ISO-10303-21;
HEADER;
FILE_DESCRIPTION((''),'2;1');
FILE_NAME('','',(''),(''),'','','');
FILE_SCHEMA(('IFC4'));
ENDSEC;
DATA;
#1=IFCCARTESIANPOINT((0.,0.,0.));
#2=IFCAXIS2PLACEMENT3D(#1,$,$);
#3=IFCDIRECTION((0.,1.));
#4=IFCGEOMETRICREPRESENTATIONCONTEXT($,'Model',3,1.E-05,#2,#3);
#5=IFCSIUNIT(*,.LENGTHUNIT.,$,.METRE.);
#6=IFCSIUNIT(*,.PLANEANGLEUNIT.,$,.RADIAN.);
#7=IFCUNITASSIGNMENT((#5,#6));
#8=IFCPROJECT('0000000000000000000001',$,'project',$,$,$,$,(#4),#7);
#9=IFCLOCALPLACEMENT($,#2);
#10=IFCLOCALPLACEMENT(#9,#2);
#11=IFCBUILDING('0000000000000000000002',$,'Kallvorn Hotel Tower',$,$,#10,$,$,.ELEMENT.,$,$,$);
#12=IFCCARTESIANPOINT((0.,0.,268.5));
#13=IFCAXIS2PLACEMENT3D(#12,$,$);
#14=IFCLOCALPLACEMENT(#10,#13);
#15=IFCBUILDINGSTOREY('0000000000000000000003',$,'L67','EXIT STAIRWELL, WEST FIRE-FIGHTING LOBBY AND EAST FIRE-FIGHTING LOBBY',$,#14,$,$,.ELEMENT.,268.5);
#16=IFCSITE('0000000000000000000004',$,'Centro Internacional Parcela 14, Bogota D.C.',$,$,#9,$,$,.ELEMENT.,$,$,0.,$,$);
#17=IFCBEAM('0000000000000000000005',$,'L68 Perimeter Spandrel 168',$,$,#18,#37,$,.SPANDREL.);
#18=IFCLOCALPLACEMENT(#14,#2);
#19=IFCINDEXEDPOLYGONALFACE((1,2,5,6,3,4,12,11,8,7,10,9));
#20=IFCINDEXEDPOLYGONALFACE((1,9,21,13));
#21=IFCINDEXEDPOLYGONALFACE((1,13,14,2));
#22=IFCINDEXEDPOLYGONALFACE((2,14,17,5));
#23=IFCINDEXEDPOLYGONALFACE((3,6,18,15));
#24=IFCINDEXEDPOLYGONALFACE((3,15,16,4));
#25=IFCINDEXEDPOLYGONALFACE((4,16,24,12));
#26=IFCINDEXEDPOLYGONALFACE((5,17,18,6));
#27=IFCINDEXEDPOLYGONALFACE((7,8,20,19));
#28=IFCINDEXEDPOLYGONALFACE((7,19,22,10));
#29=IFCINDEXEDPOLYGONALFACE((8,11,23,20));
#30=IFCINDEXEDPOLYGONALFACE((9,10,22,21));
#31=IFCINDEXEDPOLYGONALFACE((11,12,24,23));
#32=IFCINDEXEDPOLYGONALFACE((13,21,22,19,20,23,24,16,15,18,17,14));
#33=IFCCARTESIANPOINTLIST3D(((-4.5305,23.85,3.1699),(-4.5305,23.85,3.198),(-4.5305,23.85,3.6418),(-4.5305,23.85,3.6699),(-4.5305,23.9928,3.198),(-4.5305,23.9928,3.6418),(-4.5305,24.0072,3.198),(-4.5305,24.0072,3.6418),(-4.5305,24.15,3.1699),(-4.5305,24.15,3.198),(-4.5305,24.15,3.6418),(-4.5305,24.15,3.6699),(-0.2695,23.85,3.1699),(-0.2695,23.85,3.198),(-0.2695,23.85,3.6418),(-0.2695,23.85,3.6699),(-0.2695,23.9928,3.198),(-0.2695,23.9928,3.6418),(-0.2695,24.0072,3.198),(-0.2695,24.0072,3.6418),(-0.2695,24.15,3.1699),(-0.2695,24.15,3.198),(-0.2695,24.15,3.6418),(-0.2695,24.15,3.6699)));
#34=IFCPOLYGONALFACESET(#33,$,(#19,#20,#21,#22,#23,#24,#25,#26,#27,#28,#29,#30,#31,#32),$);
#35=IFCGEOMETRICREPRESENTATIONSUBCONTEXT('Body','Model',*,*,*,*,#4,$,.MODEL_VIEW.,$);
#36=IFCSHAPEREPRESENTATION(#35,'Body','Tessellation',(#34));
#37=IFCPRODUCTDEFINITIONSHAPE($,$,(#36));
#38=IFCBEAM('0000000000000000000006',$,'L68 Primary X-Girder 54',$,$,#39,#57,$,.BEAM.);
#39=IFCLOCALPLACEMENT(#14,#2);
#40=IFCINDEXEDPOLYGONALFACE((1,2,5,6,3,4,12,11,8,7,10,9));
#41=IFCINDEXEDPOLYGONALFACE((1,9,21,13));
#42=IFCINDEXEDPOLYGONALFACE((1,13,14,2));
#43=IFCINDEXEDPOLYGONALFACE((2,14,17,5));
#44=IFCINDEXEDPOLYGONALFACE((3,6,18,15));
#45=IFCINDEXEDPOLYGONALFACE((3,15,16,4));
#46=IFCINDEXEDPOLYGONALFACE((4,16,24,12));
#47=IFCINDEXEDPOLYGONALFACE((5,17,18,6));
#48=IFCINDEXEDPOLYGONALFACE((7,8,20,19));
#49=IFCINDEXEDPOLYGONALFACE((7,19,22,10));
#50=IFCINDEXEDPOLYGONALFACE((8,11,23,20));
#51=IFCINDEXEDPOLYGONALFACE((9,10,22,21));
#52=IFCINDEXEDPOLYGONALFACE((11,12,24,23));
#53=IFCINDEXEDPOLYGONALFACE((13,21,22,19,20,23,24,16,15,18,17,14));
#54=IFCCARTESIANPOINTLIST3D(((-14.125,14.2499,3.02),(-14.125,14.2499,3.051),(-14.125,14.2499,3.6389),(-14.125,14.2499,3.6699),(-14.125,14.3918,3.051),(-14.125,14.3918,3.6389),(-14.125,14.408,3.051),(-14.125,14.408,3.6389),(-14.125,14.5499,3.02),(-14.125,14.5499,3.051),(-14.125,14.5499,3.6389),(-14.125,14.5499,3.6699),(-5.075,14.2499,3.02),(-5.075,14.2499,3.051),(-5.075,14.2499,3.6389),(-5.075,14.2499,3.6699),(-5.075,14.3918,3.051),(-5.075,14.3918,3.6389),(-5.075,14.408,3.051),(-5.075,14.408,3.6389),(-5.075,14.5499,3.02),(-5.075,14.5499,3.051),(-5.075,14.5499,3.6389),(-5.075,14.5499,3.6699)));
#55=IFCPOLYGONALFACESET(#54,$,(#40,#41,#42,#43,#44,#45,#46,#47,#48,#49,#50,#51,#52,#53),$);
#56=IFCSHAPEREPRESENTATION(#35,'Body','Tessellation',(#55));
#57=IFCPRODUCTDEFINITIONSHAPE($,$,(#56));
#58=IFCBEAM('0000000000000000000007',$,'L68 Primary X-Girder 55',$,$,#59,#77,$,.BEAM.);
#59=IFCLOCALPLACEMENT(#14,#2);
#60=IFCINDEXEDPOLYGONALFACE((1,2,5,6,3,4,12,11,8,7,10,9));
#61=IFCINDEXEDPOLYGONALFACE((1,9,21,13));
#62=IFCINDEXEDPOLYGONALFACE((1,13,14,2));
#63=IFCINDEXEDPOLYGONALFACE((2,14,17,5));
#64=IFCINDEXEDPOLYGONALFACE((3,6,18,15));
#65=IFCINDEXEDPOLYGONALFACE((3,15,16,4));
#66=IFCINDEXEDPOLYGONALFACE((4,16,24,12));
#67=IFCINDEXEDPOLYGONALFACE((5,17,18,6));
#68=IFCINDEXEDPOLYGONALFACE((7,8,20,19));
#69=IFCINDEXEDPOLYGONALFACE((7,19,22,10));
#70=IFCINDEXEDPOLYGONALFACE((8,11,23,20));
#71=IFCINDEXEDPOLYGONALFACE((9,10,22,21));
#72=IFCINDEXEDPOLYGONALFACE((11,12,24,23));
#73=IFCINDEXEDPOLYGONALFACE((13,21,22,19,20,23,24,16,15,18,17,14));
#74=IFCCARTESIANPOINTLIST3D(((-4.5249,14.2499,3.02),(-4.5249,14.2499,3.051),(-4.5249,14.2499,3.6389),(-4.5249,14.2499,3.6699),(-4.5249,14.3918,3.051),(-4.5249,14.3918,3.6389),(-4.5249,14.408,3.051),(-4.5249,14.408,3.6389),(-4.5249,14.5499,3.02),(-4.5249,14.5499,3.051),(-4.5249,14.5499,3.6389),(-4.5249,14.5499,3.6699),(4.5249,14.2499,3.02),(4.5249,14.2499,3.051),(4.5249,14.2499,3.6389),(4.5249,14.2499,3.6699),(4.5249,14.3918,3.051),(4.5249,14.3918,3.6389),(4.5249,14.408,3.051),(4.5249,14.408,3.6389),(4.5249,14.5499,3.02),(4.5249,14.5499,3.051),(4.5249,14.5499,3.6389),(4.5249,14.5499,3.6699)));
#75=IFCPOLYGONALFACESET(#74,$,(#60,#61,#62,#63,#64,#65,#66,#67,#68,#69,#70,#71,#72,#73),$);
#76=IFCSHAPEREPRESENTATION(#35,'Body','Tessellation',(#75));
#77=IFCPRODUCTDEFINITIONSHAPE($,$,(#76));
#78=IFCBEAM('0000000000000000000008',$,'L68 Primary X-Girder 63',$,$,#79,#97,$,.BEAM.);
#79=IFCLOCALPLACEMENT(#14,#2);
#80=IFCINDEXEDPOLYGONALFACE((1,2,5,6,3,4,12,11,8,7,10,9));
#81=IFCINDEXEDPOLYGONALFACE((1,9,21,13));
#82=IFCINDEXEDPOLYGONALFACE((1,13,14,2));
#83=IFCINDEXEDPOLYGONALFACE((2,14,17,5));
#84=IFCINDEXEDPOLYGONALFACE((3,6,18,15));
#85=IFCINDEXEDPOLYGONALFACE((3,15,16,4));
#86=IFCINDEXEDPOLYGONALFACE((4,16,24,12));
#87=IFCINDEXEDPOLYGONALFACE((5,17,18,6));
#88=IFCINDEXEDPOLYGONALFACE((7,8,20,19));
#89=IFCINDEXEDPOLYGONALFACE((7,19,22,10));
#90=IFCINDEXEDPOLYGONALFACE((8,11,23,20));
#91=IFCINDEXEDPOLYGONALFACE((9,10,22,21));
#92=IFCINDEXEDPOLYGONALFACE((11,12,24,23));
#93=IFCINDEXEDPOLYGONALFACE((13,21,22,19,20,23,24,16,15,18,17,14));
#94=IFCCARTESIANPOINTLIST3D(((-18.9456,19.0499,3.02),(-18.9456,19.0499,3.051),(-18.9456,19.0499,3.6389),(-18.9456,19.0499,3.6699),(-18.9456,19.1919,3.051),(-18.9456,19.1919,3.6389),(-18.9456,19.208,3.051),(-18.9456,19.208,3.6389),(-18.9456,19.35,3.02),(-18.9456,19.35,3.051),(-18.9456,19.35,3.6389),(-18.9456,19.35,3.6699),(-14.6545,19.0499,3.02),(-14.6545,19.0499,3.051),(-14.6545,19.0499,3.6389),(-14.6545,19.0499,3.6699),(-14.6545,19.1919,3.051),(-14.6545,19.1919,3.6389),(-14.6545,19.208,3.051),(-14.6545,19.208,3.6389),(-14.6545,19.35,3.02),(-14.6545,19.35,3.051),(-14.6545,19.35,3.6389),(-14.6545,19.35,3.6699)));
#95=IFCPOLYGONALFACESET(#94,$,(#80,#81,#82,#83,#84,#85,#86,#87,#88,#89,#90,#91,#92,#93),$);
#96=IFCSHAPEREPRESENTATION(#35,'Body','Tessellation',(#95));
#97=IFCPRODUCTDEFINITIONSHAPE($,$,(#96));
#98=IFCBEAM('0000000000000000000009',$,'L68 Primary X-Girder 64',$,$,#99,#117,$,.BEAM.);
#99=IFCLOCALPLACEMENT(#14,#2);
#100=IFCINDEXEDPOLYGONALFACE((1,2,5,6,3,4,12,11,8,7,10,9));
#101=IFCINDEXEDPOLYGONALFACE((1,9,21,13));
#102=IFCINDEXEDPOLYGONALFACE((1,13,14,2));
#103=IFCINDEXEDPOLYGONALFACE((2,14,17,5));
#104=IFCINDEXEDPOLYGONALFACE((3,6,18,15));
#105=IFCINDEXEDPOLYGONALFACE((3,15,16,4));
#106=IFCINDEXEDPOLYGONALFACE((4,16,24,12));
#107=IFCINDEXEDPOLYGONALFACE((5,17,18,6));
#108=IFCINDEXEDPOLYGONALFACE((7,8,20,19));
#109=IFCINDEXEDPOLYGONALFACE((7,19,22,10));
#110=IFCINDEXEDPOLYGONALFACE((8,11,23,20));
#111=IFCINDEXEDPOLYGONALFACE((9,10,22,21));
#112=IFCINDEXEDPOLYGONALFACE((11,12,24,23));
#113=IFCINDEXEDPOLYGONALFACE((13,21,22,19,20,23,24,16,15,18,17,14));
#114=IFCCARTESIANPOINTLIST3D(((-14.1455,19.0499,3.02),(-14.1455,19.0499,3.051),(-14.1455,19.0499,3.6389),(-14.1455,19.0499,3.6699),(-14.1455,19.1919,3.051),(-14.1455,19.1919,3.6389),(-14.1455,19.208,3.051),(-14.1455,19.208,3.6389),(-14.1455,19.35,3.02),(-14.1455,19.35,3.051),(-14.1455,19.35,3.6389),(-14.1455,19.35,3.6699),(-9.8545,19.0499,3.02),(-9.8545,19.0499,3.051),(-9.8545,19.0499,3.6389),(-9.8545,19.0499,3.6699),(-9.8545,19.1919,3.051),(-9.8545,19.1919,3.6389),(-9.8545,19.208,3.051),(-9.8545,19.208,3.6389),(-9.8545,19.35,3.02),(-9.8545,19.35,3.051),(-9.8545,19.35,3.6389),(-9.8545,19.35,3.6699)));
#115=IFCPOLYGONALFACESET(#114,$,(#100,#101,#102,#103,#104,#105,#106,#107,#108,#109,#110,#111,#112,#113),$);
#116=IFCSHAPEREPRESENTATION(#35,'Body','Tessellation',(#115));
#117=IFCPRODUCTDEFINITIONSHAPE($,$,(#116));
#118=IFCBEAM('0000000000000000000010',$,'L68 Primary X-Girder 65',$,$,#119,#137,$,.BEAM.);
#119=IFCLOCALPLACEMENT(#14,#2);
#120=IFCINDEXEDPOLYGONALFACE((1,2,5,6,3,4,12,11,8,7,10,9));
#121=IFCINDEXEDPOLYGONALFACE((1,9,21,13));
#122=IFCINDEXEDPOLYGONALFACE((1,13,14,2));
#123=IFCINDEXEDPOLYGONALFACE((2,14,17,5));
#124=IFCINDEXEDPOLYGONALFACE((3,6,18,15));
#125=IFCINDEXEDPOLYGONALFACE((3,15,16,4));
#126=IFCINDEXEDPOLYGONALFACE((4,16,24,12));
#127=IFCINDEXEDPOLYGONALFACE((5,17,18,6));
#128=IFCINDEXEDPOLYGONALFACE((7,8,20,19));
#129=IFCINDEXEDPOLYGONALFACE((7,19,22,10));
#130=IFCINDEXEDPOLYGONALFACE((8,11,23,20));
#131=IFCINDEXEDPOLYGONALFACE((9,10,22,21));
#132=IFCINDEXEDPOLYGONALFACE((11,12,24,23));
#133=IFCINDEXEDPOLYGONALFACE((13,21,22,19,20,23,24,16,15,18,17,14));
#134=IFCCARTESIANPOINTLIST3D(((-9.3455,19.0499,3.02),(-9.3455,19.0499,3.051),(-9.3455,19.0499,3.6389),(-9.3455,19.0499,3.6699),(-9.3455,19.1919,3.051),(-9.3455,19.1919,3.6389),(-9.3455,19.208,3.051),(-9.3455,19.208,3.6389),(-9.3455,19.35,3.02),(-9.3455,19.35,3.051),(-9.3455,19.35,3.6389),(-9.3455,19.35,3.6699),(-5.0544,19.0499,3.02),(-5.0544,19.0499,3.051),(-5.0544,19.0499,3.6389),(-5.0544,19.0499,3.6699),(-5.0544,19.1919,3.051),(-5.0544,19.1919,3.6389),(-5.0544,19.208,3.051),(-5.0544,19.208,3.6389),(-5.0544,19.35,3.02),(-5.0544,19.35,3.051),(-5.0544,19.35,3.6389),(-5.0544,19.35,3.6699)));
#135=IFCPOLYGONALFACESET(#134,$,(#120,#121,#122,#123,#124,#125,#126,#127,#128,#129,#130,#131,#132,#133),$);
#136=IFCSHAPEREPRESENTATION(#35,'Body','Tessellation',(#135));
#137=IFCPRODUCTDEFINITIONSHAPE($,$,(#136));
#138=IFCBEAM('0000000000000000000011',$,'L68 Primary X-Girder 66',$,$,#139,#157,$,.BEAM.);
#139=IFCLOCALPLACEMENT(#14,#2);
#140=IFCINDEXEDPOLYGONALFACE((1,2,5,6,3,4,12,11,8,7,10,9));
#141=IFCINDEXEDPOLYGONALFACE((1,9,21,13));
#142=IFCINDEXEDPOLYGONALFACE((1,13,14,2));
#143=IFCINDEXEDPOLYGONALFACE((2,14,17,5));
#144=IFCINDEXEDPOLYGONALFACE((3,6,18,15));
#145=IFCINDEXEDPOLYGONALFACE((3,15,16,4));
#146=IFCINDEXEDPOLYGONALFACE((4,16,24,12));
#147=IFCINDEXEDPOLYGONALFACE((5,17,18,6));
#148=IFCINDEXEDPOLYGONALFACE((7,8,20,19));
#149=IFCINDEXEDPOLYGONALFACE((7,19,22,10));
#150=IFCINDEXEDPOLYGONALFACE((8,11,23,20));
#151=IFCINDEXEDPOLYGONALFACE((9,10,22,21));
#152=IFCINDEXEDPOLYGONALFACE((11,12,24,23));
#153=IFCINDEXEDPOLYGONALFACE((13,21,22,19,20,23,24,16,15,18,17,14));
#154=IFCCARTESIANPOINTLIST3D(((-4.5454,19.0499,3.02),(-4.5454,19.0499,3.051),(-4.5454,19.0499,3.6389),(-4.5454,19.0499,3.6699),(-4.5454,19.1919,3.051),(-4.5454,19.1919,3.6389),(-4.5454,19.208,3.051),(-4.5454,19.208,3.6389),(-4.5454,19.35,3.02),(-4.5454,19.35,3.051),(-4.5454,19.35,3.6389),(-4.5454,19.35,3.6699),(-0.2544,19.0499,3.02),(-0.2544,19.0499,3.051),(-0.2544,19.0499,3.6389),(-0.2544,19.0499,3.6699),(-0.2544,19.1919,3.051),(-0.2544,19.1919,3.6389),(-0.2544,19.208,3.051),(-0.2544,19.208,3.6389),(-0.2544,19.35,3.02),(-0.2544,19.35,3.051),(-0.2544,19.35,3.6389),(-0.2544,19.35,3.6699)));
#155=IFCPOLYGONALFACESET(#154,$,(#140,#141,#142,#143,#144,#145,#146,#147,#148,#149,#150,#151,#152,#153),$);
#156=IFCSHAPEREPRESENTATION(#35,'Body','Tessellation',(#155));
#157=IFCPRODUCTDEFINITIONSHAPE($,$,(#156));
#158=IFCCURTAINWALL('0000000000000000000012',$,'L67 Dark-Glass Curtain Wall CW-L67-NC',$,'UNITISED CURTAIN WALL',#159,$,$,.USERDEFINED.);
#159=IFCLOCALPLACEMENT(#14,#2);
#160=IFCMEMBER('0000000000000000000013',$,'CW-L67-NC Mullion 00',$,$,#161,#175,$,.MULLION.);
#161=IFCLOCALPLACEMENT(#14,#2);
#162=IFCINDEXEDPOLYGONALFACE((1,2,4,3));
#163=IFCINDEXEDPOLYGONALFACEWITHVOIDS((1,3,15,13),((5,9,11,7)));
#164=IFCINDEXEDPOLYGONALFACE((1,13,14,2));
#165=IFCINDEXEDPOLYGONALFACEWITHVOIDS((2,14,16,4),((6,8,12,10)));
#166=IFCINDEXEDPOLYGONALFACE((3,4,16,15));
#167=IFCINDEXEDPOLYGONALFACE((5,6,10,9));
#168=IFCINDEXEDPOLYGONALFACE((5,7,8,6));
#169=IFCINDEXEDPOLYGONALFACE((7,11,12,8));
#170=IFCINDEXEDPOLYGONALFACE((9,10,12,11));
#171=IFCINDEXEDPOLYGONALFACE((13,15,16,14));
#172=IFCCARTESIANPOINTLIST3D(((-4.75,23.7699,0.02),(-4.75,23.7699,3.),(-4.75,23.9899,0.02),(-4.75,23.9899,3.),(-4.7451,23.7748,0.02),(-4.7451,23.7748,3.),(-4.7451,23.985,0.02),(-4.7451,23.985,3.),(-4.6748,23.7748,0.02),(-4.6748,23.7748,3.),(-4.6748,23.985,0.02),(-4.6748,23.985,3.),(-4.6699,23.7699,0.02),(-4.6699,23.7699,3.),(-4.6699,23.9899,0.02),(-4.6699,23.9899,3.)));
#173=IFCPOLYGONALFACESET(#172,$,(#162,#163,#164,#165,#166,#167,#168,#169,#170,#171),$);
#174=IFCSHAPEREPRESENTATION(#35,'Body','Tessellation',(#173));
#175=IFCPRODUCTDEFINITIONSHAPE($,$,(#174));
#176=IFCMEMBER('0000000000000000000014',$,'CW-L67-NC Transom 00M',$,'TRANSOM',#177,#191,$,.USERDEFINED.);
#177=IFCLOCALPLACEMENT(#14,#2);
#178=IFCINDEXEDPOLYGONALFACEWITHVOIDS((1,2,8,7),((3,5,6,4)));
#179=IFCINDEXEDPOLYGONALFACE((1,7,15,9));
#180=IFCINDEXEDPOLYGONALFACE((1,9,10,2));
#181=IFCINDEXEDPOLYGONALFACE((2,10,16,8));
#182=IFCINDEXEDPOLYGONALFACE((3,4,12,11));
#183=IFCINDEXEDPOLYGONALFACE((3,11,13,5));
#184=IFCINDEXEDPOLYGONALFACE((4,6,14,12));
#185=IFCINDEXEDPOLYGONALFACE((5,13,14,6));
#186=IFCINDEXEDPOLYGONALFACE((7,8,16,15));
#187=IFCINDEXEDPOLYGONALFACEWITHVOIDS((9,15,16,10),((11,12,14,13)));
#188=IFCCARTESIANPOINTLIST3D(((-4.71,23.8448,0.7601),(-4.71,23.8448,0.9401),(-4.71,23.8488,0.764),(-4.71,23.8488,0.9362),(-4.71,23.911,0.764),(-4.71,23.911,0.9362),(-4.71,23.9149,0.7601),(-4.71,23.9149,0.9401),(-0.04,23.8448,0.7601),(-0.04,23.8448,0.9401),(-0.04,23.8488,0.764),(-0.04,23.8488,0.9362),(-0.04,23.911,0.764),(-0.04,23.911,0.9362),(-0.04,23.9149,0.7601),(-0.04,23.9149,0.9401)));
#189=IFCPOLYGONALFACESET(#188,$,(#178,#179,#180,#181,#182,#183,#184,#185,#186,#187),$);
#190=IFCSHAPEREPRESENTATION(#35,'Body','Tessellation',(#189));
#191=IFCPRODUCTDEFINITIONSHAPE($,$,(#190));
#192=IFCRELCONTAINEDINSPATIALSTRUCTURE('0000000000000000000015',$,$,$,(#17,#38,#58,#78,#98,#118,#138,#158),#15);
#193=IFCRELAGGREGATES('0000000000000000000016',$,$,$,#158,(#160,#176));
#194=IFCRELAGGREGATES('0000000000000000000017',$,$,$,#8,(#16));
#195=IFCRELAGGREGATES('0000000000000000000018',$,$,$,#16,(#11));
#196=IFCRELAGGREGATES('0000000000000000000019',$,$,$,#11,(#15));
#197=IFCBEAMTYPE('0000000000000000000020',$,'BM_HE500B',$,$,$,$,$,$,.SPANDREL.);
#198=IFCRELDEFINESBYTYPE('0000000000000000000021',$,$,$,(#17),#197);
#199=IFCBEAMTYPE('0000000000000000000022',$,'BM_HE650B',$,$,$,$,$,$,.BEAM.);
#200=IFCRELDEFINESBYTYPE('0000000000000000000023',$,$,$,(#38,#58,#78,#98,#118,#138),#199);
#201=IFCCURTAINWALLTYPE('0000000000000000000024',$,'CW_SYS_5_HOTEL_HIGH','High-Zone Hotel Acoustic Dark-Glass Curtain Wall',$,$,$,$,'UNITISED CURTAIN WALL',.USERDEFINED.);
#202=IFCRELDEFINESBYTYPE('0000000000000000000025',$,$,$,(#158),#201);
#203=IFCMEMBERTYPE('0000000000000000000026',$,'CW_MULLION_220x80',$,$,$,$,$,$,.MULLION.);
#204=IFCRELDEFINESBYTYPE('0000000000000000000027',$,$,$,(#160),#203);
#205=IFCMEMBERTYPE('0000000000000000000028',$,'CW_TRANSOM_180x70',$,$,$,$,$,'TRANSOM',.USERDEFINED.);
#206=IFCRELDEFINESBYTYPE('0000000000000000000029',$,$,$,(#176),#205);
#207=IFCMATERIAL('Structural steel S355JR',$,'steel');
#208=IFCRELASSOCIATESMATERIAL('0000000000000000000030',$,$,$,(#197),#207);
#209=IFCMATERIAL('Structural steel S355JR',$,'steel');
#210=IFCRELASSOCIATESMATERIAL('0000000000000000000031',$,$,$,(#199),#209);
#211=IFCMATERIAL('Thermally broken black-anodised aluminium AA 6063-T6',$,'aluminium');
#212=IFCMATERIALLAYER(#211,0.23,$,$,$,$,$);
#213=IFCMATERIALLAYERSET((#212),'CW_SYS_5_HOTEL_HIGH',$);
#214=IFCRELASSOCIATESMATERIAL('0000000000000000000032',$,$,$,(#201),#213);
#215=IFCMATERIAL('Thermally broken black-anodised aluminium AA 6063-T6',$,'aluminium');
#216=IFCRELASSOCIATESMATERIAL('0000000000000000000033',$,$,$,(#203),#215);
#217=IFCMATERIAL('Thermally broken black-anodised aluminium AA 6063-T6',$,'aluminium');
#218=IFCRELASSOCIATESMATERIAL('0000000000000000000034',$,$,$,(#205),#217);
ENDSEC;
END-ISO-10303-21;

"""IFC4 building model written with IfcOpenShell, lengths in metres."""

from ifc_helpers import new_model, si_unit, direction, frame, origin, origin_2d, place, context, subcontext, project, spatial, hollow_rectangle, i_section, extrude, material, layer, layer_set, material_profile, profile_set, type_object, element, aggregate, save


model = new_model("IFC4")

# Units and contexts
model_context = context("Model", 3, precision=1e-05, world=origin(), true_north=direction((0.0, 1.0)))
body_context = subcontext(model_context, "Body", "Model", "MODEL_VIEW")
ifc_project = project(units=[si_unit("LENGTHUNIT", "METRE"), si_unit("PLANEANGLEUNIT", "RADIAN")], contexts=[model_context])

# Site, building, storey
site_placement = place(None, origin())
site = spatial("IfcSite", under=ifc_project, at=site_placement, Name="Centro Internacional Parcela 14, Bogota D.C.", CompositionType="ELEMENT", RefElevation=0.0)
building_placement = place(site_placement, origin())
building = spatial("IfcBuilding", under=site, at=building_placement, Name="Kallvorn Hotel Tower", CompositionType="ELEMENT")
storey_placement = place(building_placement, frame((0.0, 0.0, 268.5)))
storey = spatial("IfcBuildingStorey", under=building, at=storey_placement, Name="L67", Description="EXIT STAIRWELL, WEST FIRE-FIGHTING LOBBY AND EAST FIRE-FIGHTING LOBBY", CompositionType="ELEMENT", Elevation=268.5)

# Beams
ifc_material_1 = material(Name="Structural steel S355JR", Category="steel")
ifc_material_profile_1 = material_profile(ifc_material_1, i_section(OverallWidth=0.3, OverallDepth=0.5, WebThickness=0.0144, FlangeThickness=0.0281, at=origin_2d()), Name="HE 500 B")
ifc_profile_set_1 = profile_set([ifc_material_profile_1], Name="Structural steel S355JR")
beam_type_1 = type_object("IfcBeamType", Name="BM_HE500B", PredefinedType="SPANDREL", material=ifc_profile_set_1)
for number, where, z_axis, x_axis, name in (
    (1, (-4.5305, 24.0, 3.4199), (1.0, 0.0, 0.0), (0.0, 1.0, 0.0), "L68 Perimeter Spandrel 168"),
):
    element("IfcBeam", number, at=place(storey_placement, frame(where, z_axis=z_axis, x_axis=x_axis)), inside=storey, type_object=beam_type_1, Name=name, PredefinedType="SPANDREL", context=body_context, shape_type="SweptSolid", body=[
        extrude(i_section(OverallWidth=0.3, OverallDepth=0.5, WebThickness=0.0144, FlangeThickness=0.0281, at=origin_2d()), origin(), (0.0, 0.0, 1.0), 4.261),
    ])
ifc_material_2 = material(Name="Structural steel S355JR", Category="steel")
ifc_material_profile_2 = material_profile(ifc_material_2, i_section(OverallWidth=0.3, OverallDepth=0.6499, WebThickness=0.0161, FlangeThickness=0.031, at=origin_2d()), Name="HE 650 B")
ifc_profile_set_2 = profile_set([ifc_material_profile_2], Name="Structural steel S355JR")
beam_type_2 = type_object("IfcBeamType", Name="BM_HE650B", PredefinedType="BEAM", material=ifc_profile_set_2)
beam_1_placement = place(storey_placement, frame((-14.125, 14.3999, 3.345), z_axis=(1.0, 0.0, 0.0), x_axis=(0.0, 1.0, 0.0)))
element("IfcBeam", 2, at=beam_1_placement, inside=storey, type_object=beam_type_2, Name="L68 Primary X-Girder 54", PredefinedType="BEAM", context=body_context, shape_type="SweptSolid", body=[
    extrude(i_section(OverallWidth=0.3, OverallDepth=0.6499, WebThickness=0.0161, FlangeThickness=0.031, at=origin_2d()), origin(), (0.0, 0.0, 1.0), 9.05),
])
beam_2_placement = place(storey_placement, frame((-4.5249, 14.3999, 3.345), z_axis=(1.0, 0.0, 0.0), x_axis=(0.0, 1.0, 0.0)))
element("IfcBeam", 3, at=beam_2_placement, inside=storey, type_object=beam_type_2, Name="L68 Primary X-Girder 55", PredefinedType="BEAM", context=body_context, shape_type="SweptSolid", body=[
    extrude(i_section(OverallWidth=0.3, OverallDepth=0.6499, WebThickness=0.0161, FlangeThickness=0.031, at=origin_2d()), origin(), (0.0, 0.0, 1.0), 9.0498),
])
for number, where, z_axis, x_axis, name in (
    (4, (-18.9456, 19.2, 3.345), (1.0, 0.0, 0.0), (0.0, 1.0, 0.0), "L68 Primary X-Girder 63"),
    (5, (-14.1455, 19.2, 3.345), (1.0, 0.0, 0.0), (0.0, 1.0, 0.0), "L68 Primary X-Girder 64"),
    (6, (-9.3455, 19.2, 3.345), (1.0, 0.0, 0.0), (0.0, 1.0, 0.0), "L68 Primary X-Girder 65"),
    (7, (-4.5454, 19.2, 3.345), (1.0, 0.0, 0.0), (0.0, 1.0, 0.0), "L68 Primary X-Girder 66"),
):
    element("IfcBeam", number, at=place(storey_placement, frame(where, z_axis=z_axis, x_axis=x_axis)), inside=storey, type_object=beam_type_2, Name=name, PredefinedType="BEAM", context=body_context, shape_type="SweptSolid", body=[
        extrude(i_section(OverallWidth=0.3, OverallDepth=0.6499, WebThickness=0.0161, FlangeThickness=0.031, at=origin_2d()), origin(), (0.0, 0.0, 1.0), 4.291),
    ])

# Curtain wall, members
ifc_material_3 = material(Name="Thermally broken black-anodised aluminium AA 6063-T6", Category="aluminium")
ifc_layer = layer(ifc_material_3, 0.23)
ifc_layer_set = layer_set([ifc_layer], Name="CW_SYS_5_HOTEL_HIGH")
curtain_wall_type = type_object("IfcCurtainWallType", Name="CW_SYS_5_HOTEL_HIGH", Description="High-Zone Hotel Acoustic Dark-Glass Curtain Wall", ElementType="UNITISED CURTAIN WALL", PredefinedType="USERDEFINED", material=ifc_layer_set)
curtain_wall_placement = place(storey_placement, origin())
curtain_wall = element("IfcCurtainWall", 8, at=curtain_wall_placement, inside=storey, type_object=curtain_wall_type, Name="L67 Dark-Glass Curtain Wall CW-L67-NC", ObjectType="UNITISED CURTAIN WALL", PredefinedType="USERDEFINED")
ifc_material_4 = material(Name="Thermally broken black-anodised aluminium AA 6063-T6", Category="aluminium")
ifc_material_profile_3 = material_profile(ifc_material_4, hollow_rectangle(XDim=0.0801, YDim=0.22, WallThickness=0.0049, at=origin_2d()), Name="MUL 220x80")
ifc_profile_set_3 = profile_set([ifc_material_profile_3], Name="Thermally broken black-anodised aluminium AA 6063-T6")
member_type_1 = type_object("IfcMemberType", Name="CW_MULLION_220x80", PredefinedType="MULLION", material=ifc_profile_set_3)
member_1_placement = place(storey_placement, frame((-4.71, 23.8799, 0.02), z_axis=(0.0, 0.0, 1.0), x_axis=(1.0, 0.0, 0.0)))
member_1 = element("IfcMember", 9, at=member_1_placement, type_object=member_type_1, Name="CW-L67-NC Mullion 00", PredefinedType="MULLION", context=body_context, shape_type="SweptSolid", body=[
    extrude(hollow_rectangle(XDim=0.0801, YDim=0.22, WallThickness=0.0049, at=origin_2d()), origin(), (0.0, 0.0, 1.0), 2.98),
])
ifc_material_5 = material(Name="Thermally broken black-anodised aluminium AA 6063-T6", Category="aluminium")
ifc_material_profile_4 = material_profile(ifc_material_5, hollow_rectangle(XDim=0.0701, YDim=0.1799, WallThickness=0.0039, at=origin_2d()), Name="TRN 180x70")
ifc_profile_set_4 = profile_set([ifc_material_profile_4], Name="Thermally broken black-anodised aluminium AA 6063-T6")
member_type_2 = type_object("IfcMemberType", Name="CW_TRANSOM_180x70", ElementType="TRANSOM", PredefinedType="USERDEFINED", material=ifc_profile_set_4)
member_2_placement = place(storey_placement, frame((-4.71, 23.8799, 0.8501), z_axis=(1.0, 0.0, 0.0), x_axis=(0.0, 1.0, 0.0)))
member_2 = element("IfcMember", 10, at=member_2_placement, type_object=member_type_2, Name="CW-L67-NC Transom 00M", ObjectType="TRANSOM", PredefinedType="USERDEFINED", context=body_context, shape_type="SweptSolid", body=[
    extrude(hollow_rectangle(XDim=0.0701, YDim=0.1799, WallThickness=0.0039, at=origin_2d()), origin(), (0.0, 0.0, 1.0), 4.6699),
])
aggregate(curtain_wall, [member_1, member_2])

save(model, "model.ifc")
